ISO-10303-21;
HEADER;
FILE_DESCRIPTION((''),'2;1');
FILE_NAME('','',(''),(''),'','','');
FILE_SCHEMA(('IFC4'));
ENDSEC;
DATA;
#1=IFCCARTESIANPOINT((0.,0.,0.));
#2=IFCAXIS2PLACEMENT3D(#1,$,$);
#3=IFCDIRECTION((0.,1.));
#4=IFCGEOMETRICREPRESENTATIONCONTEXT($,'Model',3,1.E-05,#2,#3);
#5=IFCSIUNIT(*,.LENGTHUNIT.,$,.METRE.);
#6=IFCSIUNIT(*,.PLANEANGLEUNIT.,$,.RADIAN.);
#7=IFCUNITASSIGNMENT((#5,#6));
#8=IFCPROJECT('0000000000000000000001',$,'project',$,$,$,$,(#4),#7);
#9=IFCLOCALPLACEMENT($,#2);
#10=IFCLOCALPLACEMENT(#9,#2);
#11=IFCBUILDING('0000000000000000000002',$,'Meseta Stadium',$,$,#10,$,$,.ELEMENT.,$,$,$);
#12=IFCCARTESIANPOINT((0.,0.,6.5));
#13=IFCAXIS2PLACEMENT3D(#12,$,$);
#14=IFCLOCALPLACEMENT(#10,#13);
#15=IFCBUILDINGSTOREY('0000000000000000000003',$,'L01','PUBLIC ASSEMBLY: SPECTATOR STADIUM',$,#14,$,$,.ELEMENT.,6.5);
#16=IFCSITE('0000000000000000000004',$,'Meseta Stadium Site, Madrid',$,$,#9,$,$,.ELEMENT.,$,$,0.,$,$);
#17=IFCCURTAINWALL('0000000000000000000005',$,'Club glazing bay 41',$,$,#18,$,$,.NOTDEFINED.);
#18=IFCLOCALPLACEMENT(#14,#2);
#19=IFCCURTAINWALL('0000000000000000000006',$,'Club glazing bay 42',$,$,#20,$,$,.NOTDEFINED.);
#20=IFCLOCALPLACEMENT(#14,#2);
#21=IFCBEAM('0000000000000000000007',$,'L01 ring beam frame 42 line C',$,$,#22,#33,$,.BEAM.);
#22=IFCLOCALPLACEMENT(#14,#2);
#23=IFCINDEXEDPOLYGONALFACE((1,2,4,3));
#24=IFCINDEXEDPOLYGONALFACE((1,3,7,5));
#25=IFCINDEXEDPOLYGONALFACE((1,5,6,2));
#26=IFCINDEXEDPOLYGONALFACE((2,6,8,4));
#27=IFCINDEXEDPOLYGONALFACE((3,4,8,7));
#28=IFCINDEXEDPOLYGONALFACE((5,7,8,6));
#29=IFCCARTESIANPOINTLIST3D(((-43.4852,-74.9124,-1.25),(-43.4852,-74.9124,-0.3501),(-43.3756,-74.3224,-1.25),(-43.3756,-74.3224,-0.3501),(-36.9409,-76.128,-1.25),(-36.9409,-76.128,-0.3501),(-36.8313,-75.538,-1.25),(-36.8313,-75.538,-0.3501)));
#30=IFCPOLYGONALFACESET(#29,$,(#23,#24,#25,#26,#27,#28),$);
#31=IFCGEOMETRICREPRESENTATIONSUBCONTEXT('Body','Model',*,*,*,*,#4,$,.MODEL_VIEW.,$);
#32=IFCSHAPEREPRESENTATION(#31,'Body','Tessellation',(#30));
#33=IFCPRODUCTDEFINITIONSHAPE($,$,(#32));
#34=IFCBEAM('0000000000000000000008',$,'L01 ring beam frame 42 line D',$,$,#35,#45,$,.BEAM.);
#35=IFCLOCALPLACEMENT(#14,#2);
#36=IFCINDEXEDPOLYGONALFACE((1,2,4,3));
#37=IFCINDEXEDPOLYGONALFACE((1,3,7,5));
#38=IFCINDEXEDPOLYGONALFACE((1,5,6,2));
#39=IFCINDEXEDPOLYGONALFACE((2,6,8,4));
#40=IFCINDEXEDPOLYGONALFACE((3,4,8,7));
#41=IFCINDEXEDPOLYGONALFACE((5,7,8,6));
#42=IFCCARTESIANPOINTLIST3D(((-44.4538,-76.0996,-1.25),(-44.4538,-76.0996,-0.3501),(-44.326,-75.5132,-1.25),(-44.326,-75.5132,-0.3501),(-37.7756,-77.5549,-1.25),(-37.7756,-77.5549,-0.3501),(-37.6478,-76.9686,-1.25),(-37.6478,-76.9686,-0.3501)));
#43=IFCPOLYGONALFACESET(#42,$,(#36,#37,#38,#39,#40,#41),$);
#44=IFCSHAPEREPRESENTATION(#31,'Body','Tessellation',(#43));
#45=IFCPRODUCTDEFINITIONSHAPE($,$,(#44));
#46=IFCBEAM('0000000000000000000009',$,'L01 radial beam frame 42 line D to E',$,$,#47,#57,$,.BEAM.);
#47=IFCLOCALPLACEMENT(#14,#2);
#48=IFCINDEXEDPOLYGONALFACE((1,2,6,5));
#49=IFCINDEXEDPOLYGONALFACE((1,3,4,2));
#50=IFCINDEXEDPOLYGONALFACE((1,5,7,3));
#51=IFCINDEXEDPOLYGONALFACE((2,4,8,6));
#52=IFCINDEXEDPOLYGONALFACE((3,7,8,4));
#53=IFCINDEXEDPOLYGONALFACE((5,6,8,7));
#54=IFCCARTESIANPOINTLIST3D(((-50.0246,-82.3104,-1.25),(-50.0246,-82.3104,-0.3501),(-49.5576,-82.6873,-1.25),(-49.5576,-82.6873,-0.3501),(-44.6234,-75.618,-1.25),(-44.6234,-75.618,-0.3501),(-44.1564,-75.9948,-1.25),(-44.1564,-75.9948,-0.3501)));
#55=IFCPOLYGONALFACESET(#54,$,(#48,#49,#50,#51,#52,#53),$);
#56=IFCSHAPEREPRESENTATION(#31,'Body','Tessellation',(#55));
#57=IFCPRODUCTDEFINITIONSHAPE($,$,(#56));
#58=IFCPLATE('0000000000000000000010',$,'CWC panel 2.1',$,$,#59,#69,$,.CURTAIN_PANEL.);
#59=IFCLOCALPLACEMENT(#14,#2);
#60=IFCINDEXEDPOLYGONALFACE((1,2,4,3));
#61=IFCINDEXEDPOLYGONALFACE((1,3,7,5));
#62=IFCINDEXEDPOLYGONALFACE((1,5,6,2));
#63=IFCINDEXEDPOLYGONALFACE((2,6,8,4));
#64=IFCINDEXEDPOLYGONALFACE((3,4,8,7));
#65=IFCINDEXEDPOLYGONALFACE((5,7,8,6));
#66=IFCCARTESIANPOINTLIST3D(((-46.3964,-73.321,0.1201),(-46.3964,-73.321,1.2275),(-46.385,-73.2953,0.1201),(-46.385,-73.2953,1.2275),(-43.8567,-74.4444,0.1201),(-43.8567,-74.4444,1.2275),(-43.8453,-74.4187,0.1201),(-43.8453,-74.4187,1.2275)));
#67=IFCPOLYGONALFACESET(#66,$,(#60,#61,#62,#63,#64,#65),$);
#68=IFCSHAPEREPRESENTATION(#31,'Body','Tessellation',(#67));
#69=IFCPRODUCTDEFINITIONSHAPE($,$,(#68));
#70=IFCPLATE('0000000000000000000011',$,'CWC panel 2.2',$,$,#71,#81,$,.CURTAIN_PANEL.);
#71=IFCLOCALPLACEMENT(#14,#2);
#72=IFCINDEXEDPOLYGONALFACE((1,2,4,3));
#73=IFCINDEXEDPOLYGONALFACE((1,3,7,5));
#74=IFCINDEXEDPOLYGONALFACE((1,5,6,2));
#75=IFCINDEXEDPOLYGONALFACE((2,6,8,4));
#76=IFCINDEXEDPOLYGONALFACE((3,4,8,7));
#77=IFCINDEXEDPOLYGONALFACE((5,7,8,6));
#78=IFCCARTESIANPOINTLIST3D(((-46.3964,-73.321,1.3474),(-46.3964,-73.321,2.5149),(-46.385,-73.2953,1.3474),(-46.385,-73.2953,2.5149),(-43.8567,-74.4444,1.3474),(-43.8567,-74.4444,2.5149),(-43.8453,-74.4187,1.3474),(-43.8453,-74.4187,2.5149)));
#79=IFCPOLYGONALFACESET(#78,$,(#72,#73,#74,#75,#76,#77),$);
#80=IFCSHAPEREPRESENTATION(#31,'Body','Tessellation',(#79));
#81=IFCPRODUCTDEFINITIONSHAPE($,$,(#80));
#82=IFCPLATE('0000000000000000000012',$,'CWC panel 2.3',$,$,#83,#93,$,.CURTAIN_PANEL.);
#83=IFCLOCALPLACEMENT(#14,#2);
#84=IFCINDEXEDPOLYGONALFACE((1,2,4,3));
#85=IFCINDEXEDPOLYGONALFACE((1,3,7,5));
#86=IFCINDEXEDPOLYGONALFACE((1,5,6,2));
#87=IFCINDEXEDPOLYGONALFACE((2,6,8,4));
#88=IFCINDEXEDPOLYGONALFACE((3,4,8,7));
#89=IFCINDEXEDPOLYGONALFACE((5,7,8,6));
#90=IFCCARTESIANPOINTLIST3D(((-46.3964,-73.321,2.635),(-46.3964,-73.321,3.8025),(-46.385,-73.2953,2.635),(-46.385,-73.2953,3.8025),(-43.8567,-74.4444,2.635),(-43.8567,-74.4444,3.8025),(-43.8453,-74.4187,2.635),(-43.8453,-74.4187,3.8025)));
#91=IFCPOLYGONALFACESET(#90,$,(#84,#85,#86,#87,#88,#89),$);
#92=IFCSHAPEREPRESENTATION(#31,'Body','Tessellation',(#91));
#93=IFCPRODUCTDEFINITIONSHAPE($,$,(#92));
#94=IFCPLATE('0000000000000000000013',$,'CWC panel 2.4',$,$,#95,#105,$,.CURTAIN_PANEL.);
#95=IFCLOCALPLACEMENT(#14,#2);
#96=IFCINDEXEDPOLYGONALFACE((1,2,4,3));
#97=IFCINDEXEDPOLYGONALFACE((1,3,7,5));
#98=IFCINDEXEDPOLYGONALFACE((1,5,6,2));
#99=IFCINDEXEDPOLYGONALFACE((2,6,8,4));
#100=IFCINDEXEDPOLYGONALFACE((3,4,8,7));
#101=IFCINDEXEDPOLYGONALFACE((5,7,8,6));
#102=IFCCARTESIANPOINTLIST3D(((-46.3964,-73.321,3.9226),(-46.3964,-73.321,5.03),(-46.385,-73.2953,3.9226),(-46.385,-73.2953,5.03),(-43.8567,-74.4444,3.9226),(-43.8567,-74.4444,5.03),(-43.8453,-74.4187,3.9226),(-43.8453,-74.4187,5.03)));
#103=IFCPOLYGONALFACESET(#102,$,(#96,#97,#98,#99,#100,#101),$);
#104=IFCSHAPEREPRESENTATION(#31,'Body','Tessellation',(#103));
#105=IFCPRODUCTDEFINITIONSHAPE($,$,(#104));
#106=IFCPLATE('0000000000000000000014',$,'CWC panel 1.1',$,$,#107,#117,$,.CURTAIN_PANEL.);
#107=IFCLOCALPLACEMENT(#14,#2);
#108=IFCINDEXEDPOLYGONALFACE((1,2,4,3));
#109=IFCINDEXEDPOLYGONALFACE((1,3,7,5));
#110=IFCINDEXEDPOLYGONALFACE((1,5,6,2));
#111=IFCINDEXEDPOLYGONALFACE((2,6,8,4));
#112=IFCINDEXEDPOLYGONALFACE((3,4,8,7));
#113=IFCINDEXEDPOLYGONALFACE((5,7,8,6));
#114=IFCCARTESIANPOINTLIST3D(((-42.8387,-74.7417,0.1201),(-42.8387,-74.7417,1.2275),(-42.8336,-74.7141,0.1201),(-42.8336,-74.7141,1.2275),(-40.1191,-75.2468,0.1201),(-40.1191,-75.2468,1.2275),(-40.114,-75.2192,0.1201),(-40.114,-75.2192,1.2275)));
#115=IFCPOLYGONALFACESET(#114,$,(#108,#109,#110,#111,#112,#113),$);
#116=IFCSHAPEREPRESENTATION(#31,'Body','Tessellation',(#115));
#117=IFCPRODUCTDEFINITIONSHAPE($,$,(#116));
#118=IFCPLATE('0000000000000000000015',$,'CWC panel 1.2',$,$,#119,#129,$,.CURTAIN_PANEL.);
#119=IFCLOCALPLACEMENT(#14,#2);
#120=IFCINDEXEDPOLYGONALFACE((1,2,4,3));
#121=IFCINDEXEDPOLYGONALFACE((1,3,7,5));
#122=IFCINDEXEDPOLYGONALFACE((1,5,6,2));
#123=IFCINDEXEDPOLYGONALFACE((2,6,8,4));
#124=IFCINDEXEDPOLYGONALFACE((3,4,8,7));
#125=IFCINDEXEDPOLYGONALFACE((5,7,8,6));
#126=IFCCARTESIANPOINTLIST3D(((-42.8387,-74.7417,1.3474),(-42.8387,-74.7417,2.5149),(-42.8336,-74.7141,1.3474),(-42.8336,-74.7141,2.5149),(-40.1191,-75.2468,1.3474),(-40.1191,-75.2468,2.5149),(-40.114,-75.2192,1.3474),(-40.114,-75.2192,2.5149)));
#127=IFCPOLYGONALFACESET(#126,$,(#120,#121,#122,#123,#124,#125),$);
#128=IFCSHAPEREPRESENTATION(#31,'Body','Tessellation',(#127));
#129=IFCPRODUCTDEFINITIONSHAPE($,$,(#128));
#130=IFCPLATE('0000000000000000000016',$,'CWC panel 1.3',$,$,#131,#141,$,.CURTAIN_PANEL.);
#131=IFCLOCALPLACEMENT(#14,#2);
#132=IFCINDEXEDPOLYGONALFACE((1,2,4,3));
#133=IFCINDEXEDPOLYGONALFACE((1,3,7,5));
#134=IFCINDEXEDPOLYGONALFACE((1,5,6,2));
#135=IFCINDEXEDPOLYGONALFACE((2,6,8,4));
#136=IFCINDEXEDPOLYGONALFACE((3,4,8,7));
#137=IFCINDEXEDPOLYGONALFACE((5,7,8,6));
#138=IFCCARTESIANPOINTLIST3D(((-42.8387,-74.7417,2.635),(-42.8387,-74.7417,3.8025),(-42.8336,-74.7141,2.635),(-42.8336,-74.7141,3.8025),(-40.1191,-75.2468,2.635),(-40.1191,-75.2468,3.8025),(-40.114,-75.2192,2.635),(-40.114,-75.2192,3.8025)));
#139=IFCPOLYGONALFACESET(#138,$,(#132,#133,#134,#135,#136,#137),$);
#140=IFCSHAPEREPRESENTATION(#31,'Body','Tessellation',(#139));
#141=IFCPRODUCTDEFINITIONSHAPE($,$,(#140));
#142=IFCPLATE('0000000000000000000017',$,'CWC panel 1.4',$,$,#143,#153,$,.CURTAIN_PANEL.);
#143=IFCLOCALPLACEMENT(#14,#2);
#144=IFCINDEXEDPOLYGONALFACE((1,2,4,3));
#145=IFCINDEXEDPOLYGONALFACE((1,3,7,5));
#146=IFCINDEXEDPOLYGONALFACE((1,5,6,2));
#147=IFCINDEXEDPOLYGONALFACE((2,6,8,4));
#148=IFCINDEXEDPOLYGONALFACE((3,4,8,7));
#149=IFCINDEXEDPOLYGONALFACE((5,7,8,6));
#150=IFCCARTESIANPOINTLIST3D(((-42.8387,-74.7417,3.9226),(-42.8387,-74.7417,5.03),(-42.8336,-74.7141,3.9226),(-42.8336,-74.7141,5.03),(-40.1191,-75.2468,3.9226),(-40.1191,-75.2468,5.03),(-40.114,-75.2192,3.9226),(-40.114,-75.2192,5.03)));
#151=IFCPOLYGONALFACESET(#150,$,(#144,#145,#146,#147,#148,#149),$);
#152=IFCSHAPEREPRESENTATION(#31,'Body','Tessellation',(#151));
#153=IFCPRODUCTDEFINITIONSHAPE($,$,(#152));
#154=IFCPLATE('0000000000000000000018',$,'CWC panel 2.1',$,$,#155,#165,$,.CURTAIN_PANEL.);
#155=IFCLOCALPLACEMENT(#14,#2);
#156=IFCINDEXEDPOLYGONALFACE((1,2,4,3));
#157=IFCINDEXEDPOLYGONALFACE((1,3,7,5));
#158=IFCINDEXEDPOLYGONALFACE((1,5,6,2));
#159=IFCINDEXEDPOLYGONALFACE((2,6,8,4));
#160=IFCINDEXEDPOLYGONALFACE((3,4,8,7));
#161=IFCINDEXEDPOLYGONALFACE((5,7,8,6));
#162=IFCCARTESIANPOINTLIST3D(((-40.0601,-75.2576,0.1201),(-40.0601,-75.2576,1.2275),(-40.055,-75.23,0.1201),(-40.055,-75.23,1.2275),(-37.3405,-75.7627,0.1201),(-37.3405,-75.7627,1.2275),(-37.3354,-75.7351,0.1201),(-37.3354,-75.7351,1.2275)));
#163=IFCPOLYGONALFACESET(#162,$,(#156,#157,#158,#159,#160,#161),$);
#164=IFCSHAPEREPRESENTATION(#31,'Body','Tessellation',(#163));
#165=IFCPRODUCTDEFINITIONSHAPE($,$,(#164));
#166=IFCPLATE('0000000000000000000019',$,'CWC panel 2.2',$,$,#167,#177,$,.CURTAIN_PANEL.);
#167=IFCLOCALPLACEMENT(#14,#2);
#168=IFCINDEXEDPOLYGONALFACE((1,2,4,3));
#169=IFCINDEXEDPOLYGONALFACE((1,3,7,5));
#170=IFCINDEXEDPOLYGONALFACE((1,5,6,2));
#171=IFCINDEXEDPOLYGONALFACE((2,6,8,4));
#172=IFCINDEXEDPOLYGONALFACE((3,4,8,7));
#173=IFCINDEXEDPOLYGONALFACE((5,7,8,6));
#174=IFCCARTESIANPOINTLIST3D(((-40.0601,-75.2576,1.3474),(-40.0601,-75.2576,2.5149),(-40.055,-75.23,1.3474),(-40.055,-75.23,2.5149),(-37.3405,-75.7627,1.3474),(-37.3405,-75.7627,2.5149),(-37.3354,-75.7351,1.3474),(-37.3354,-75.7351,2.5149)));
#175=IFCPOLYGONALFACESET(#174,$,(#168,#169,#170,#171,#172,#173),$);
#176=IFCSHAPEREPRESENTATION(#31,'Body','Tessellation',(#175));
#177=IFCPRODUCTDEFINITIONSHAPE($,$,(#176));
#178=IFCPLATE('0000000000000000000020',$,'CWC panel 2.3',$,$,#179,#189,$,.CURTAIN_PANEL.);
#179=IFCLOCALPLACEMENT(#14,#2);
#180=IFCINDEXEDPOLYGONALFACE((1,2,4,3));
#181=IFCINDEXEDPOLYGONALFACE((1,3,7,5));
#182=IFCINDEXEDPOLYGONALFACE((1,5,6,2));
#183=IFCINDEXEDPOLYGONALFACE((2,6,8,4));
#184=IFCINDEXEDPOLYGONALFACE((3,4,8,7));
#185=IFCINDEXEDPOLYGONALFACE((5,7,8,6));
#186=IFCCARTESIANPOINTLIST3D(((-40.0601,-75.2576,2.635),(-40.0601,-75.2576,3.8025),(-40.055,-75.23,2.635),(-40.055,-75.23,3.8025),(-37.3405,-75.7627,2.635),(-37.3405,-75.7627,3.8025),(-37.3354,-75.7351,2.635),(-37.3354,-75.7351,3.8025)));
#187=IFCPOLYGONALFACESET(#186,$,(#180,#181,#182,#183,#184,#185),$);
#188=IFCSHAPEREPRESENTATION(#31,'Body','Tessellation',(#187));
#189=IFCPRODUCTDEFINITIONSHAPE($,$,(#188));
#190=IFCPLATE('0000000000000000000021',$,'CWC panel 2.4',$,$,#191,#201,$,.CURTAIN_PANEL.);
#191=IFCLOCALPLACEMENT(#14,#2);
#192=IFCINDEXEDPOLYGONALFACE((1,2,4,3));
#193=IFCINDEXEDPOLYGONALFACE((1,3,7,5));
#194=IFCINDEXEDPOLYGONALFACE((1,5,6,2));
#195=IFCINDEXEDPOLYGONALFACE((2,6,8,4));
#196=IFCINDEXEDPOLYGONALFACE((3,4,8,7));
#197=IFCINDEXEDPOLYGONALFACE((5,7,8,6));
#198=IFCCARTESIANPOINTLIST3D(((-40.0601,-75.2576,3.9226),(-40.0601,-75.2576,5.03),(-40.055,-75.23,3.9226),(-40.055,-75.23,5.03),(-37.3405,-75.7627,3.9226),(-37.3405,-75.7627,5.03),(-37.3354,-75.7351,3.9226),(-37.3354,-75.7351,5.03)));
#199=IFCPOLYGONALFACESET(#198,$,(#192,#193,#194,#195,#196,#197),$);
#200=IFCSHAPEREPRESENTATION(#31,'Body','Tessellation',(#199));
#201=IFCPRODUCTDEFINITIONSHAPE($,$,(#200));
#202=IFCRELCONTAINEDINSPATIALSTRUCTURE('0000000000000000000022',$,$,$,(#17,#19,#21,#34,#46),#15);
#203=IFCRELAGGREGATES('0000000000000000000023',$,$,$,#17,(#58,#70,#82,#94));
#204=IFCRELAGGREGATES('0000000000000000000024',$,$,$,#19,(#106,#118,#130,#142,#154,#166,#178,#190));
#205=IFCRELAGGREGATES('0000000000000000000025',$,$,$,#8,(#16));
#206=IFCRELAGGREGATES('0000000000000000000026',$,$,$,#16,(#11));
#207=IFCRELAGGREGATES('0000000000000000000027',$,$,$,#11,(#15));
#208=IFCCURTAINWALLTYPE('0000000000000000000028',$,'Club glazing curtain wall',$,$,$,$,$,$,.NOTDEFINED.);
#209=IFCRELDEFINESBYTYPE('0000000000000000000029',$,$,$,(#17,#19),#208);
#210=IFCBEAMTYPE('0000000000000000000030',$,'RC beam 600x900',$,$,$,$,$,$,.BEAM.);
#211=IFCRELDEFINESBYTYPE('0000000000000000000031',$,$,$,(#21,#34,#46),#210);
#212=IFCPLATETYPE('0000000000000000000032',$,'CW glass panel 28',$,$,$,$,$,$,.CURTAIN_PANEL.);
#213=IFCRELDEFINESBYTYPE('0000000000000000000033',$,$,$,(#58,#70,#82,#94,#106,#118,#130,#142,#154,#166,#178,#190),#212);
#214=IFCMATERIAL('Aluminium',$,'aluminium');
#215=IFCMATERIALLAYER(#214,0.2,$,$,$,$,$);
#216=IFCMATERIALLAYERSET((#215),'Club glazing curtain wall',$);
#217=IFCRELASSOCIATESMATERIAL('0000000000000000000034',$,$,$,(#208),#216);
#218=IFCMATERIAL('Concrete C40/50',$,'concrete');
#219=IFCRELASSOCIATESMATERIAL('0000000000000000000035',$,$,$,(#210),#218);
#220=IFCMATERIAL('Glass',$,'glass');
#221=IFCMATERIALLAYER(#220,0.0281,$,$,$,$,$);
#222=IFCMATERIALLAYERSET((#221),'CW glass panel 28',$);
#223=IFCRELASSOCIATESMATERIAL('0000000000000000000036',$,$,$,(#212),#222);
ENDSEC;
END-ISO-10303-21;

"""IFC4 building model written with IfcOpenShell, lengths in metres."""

from ifc_helpers import new_model, si_unit, direction, frame, origin, origin_2d, place, context, subcontext, project, spatial, rectangle, extrude, material, layer, layer_set, material_profile, profile_set, type_object, element, aggregate, save


model = new_model("IFC4")

# Units and contexts
model_context = context("Model", 3, precision=1e-05, world=origin(), true_north=direction((0.0, 1.0)))
body_context = subcontext(model_context, "Body", "Model", "MODEL_VIEW")
ifc_project = project(units=[si_unit("LENGTHUNIT", "METRE"), si_unit("PLANEANGLEUNIT", "RADIAN")], contexts=[model_context])

# Site, building, storey
site_placement = place(None, origin())
site = spatial("IfcSite", under=ifc_project, at=site_placement, Name="Meseta Stadium Site, Madrid", CompositionType="ELEMENT", RefElevation=0.0)
building_placement = place(site_placement, origin())
building = spatial("IfcBuilding", under=site, at=building_placement, Name="Meseta Stadium", CompositionType="ELEMENT")
storey_placement = place(building_placement, frame((0.0, 0.0, 6.5)))
storey = spatial("IfcBuildingStorey", under=building, at=storey_placement, Name="L01", Description="PUBLIC ASSEMBLY: SPECTATOR STADIUM", CompositionType="ELEMENT", Elevation=6.5)

# Curtain wall
ifc_material_1 = material(Name="Aluminium", Category="aluminium")
ifc_layer_1 = layer(ifc_material_1, 0.2)
ifc_layer_set_1 = layer_set([ifc_layer_1], Name="Club glazing curtain wall")
curtain_wall_type = type_object("IfcCurtainWallType", Name="Club glazing curtain wall", PredefinedType="NOTDEFINED", material=ifc_layer_set_1)
curtain_wall_1_placement = place(storey_placement, origin())
curtain_wall_1 = element("IfcCurtainWall", 1, at=curtain_wall_1_placement, inside=storey, type_object=curtain_wall_type, Name="Club glazing bay 41", PredefinedType="NOTDEFINED")

# Curtain wall
curtain_wall_2_placement = place(storey_placement, origin())
curtain_wall_2 = element("IfcCurtainWall", 2, at=curtain_wall_2_placement, inside=storey, type_object=curtain_wall_type, Name="Club glazing bay 42", PredefinedType="NOTDEFINED")

# Beams
ifc_material_2 = material(Name="Concrete C40/50", Category="concrete")
ifc_material_profile_1 = material_profile(ifc_material_2, rectangle(XDim=0.6001, YDim=0.8999, at=origin_2d()), Name="RC 600x900")
ifc_profile_set_1 = profile_set([ifc_material_profile_1], Name="Concrete C40/50")
beam_type_1 = type_object("IfcBeamType", Name="RC beam 600x900", PredefinedType="BEAM", material=ifc_profile_set_1)
beam_1_placement = place(storey_placement, frame((-43.4304, -74.6174, -0.8), z_axis=(0.983184, -0.182619, 0.0), x_axis=(0.182619, 0.983184, 0.0)))
element("IfcBeam", 3, at=beam_1_placement, inside=storey, type_object=beam_type_1, Name="L01 ring beam frame 42 line C", PredefinedType="BEAM", context=body_context, shape_type="SweptSolid", body=[
    extrude(rectangle(XDim=0.6001, YDim=0.8999, at=origin_2d()), origin(), (0.0, 0.0, 1.0), 6.6562),
])
beam_2_placement = place(storey_placement, frame((-44.3899, -75.8064, -0.8), z_axis=(0.977069, -0.212923, 0.0), x_axis=(0.212923, 0.977069, 0.0)))
element("IfcBeam", 4, at=beam_2_placement, inside=storey, type_object=beam_type_1, Name="L01 ring beam frame 42 line D", PredefinedType="BEAM", context=body_context, shape_type="SweptSolid", body=[
    extrude(rectangle(XDim=0.6001, YDim=0.8999, at=origin_2d()), origin(), (0.0, 0.0, 1.0), 6.835),
])
beam_3_placement = place(storey_placement, frame((-44.3899, -75.8064, -0.8), z_axis=(-0.628037, -0.778183, 0.0), x_axis=(0.778183, -0.628037, 0.0)))
element("IfcBeam", 5, at=beam_3_placement, inside=storey, type_object=beam_type_1, Name="L01 radial beam frame 42 line D to E", PredefinedType="BEAM", context=body_context, shape_type="SweptSolid", body=[
    extrude(rectangle(XDim=0.6001, YDim=0.8999, at=origin_2d()), origin(), (0.0, 0.0, 1.0), 8.6001),
])

# Plates
ifc_material_3 = material(Name="Glass", Category="glass")
ifc_layer_2 = layer(ifc_material_3, 0.0281)
ifc_layer_set_2 = layer_set([ifc_layer_2], Name="CW glass panel 28")
plate_type = type_object("IfcPlateType", Name="CW glass panel 28", PredefinedType="CURTAIN_PANEL", material=ifc_layer_set_2)
plate_1_placement = place(storey_placement, frame((-45.1208, -73.8699, 0.1201), z_axis=(0.0, 0.0, 1.0), x_axis=(0.914527, -0.404524, 0.0)))
plate_1 = element("IfcPlate", 6, at=plate_1_placement, type_object=plate_type, Name="CWC panel 2.1", PredefinedType="CURTAIN_PANEL", context=body_context, shape_type="SweptSolid", body=[
    extrude(rectangle(XDim=2.7771, YDim=0.0281, at=origin_2d()), origin(), (0.0, 0.0, 1.0), 1.1074),
])
plate_2_placement = place(storey_placement, frame((-45.1208, -73.8699, 1.3474), z_axis=(0.0, 0.0, 1.0), x_axis=(0.914527, -0.404524, 0.0)))
plate_2 = element("IfcPlate", 7, at=plate_2_placement, type_object=plate_type, Name="CWC panel 2.2", PredefinedType="CURTAIN_PANEL", context=body_context, shape_type="SweptSolid", body=[
    extrude(rectangle(XDim=2.7771, YDim=0.0281, at=origin_2d()), origin(), (0.0, 0.0, 1.0), 1.1675),
])
plate_3_placement = place(storey_placement, frame((-45.1208, -73.8699, 2.635), z_axis=(0.0, 0.0, 1.0), x_axis=(0.914527, -0.404524, 0.0)))
plate_3 = element("IfcPlate", 8, at=plate_3_placement, type_object=plate_type, Name="CWC panel 2.3", PredefinedType="CURTAIN_PANEL", context=body_context, shape_type="SweptSolid", body=[
    extrude(rectangle(XDim=2.7771, YDim=0.0281, at=origin_2d()), origin(), (0.0, 0.0, 1.0), 1.1675),
])
plate_4_placement = place(storey_placement, frame((-45.1208, -73.8699, 3.9226), z_axis=(0.0, 0.0, 1.0), x_axis=(0.914527, -0.404524, 0.0)))
plate_4 = element("IfcPlate", 9, at=plate_4_placement, type_object=plate_type, Name="CWC panel 2.4", PredefinedType="CURTAIN_PANEL", context=body_context, shape_type="SweptSolid", body=[
    extrude(rectangle(XDim=2.7771, YDim=0.0281, at=origin_2d()), origin(), (0.0, 0.0, 1.0), 1.1074),
])
aggregate(curtain_wall_1, [plate_1, plate_2, plate_3, plate_4])
plate_5_placement = place(storey_placement, frame((-41.4763, -74.9805, 0.1201), z_axis=(0.0, 0.0, 1.0), x_axis=(0.983187, -0.1826, 0.0)))
plate_5 = element("IfcPlate", 10, at=plate_5_placement, type_object=plate_type, Name="CWC panel 1.1", PredefinedType="CURTAIN_PANEL", context=body_context, shape_type="SweptSolid", body=[
    extrude(rectangle(XDim=2.7661, YDim=0.0281, at=origin_2d()), origin(), (0.0, 0.0, 1.0), 1.1074),
])
plate_6_placement = place(storey_placement, frame((-41.4763, -74.9805, 1.3474), z_axis=(0.0, 0.0, 1.0), x_axis=(0.983187, -0.1826, 0.0)))
plate_6 = element("IfcPlate", 11, at=plate_6_placement, type_object=plate_type, Name="CWC panel 1.2", PredefinedType="CURTAIN_PANEL", context=body_context, shape_type="SweptSolid", body=[
    extrude(rectangle(XDim=2.7661, YDim=0.0281, at=origin_2d()), origin(), (0.0, 0.0, 1.0), 1.1675),
])
plate_7_placement = place(storey_placement, frame((-41.4763, -74.9805, 2.635), z_axis=(0.0, 0.0, 1.0), x_axis=(0.983187, -0.1826, 0.0)))
plate_7 = element("IfcPlate", 12, at=plate_7_placement, type_object=plate_type, Name="CWC panel 1.3", PredefinedType="CURTAIN_PANEL", context=body_context, shape_type="SweptSolid", body=[
    extrude(rectangle(XDim=2.7661, YDim=0.0281, at=origin_2d()), origin(), (0.0, 0.0, 1.0), 1.1675),
])
plate_8_placement = place(storey_placement, frame((-41.4763, -74.9805, 3.9226), z_axis=(0.0, 0.0, 1.0), x_axis=(0.983187, -0.1826, 0.0)))
plate_8 = element("IfcPlate", 13, at=plate_8_placement, type_object=plate_type, Name="CWC panel 1.4", PredefinedType="CURTAIN_PANEL", context=body_context, shape_type="SweptSolid", body=[
    extrude(rectangle(XDim=2.7661, YDim=0.0281, at=origin_2d()), origin(), (0.0, 0.0, 1.0), 1.1074),
])
plate_9_placement = place(storey_placement, frame((-38.6978, -75.4963, 0.1201), z_axis=(0.0, 0.0, 1.0), x_axis=(0.983187, -0.1826, 0.0)))
plate_9 = element("IfcPlate", 14, at=plate_9_placement, type_object=plate_type, Name="CWC panel 2.1", PredefinedType="CURTAIN_PANEL", context=body_context, shape_type="SweptSolid", body=[
    extrude(rectangle(XDim=2.7661, YDim=0.0281, at=origin_2d()), origin(), (0.0, 0.0, 1.0), 1.1074),
])
plate_10_placement = place(storey_placement, frame((-38.6978, -75.4963, 1.3474), z_axis=(0.0, 0.0, 1.0), x_axis=(0.983187, -0.1826, 0.0)))
plate_10 = element("IfcPlate", 15, at=plate_10_placement, type_object=plate_type, Name="CWC panel 2.2", PredefinedType="CURTAIN_PANEL", context=body_context, shape_type="SweptSolid", body=[
    extrude(rectangle(XDim=2.7661, YDim=0.0281, at=origin_2d()), origin(), (0.0, 0.0, 1.0), 1.1675),
])
plate_11_placement = place(storey_placement, frame((-38.6978, -75.4963, 2.635), z_axis=(0.0, 0.0, 1.0), x_axis=(0.983187, -0.1826, 0.0)))
plate_11 = element("IfcPlate", 16, at=plate_11_placement, type_object=plate_type, Name="CWC panel 2.3", PredefinedType="CURTAIN_PANEL", context=body_context, shape_type="SweptSolid", body=[
    extrude(rectangle(XDim=2.7661, YDim=0.0281, at=origin_2d()), origin(), (0.0, 0.0, 1.0), 1.1675),
])
plate_12_placement = place(storey_placement, frame((-38.6978, -75.4963, 3.9226), z_axis=(0.0, 0.0, 1.0), x_axis=(0.983187, -0.1826, 0.0)))
plate_12 = element("IfcPlate", 17, at=plate_12_placement, type_object=plate_type, Name="CWC panel 2.4", PredefinedType="CURTAIN_PANEL", context=body_context, shape_type="SweptSolid", body=[
    extrude(rectangle(XDim=2.7661, YDim=0.0281, at=origin_2d()), origin(), (0.0, 0.0, 1.0), 1.1074),
])
aggregate(curtain_wall_2, [plate_5, plate_6, plate_7, plate_8, plate_9, plate_10, plate_11, plate_12])

save(model, "model.ifc")
